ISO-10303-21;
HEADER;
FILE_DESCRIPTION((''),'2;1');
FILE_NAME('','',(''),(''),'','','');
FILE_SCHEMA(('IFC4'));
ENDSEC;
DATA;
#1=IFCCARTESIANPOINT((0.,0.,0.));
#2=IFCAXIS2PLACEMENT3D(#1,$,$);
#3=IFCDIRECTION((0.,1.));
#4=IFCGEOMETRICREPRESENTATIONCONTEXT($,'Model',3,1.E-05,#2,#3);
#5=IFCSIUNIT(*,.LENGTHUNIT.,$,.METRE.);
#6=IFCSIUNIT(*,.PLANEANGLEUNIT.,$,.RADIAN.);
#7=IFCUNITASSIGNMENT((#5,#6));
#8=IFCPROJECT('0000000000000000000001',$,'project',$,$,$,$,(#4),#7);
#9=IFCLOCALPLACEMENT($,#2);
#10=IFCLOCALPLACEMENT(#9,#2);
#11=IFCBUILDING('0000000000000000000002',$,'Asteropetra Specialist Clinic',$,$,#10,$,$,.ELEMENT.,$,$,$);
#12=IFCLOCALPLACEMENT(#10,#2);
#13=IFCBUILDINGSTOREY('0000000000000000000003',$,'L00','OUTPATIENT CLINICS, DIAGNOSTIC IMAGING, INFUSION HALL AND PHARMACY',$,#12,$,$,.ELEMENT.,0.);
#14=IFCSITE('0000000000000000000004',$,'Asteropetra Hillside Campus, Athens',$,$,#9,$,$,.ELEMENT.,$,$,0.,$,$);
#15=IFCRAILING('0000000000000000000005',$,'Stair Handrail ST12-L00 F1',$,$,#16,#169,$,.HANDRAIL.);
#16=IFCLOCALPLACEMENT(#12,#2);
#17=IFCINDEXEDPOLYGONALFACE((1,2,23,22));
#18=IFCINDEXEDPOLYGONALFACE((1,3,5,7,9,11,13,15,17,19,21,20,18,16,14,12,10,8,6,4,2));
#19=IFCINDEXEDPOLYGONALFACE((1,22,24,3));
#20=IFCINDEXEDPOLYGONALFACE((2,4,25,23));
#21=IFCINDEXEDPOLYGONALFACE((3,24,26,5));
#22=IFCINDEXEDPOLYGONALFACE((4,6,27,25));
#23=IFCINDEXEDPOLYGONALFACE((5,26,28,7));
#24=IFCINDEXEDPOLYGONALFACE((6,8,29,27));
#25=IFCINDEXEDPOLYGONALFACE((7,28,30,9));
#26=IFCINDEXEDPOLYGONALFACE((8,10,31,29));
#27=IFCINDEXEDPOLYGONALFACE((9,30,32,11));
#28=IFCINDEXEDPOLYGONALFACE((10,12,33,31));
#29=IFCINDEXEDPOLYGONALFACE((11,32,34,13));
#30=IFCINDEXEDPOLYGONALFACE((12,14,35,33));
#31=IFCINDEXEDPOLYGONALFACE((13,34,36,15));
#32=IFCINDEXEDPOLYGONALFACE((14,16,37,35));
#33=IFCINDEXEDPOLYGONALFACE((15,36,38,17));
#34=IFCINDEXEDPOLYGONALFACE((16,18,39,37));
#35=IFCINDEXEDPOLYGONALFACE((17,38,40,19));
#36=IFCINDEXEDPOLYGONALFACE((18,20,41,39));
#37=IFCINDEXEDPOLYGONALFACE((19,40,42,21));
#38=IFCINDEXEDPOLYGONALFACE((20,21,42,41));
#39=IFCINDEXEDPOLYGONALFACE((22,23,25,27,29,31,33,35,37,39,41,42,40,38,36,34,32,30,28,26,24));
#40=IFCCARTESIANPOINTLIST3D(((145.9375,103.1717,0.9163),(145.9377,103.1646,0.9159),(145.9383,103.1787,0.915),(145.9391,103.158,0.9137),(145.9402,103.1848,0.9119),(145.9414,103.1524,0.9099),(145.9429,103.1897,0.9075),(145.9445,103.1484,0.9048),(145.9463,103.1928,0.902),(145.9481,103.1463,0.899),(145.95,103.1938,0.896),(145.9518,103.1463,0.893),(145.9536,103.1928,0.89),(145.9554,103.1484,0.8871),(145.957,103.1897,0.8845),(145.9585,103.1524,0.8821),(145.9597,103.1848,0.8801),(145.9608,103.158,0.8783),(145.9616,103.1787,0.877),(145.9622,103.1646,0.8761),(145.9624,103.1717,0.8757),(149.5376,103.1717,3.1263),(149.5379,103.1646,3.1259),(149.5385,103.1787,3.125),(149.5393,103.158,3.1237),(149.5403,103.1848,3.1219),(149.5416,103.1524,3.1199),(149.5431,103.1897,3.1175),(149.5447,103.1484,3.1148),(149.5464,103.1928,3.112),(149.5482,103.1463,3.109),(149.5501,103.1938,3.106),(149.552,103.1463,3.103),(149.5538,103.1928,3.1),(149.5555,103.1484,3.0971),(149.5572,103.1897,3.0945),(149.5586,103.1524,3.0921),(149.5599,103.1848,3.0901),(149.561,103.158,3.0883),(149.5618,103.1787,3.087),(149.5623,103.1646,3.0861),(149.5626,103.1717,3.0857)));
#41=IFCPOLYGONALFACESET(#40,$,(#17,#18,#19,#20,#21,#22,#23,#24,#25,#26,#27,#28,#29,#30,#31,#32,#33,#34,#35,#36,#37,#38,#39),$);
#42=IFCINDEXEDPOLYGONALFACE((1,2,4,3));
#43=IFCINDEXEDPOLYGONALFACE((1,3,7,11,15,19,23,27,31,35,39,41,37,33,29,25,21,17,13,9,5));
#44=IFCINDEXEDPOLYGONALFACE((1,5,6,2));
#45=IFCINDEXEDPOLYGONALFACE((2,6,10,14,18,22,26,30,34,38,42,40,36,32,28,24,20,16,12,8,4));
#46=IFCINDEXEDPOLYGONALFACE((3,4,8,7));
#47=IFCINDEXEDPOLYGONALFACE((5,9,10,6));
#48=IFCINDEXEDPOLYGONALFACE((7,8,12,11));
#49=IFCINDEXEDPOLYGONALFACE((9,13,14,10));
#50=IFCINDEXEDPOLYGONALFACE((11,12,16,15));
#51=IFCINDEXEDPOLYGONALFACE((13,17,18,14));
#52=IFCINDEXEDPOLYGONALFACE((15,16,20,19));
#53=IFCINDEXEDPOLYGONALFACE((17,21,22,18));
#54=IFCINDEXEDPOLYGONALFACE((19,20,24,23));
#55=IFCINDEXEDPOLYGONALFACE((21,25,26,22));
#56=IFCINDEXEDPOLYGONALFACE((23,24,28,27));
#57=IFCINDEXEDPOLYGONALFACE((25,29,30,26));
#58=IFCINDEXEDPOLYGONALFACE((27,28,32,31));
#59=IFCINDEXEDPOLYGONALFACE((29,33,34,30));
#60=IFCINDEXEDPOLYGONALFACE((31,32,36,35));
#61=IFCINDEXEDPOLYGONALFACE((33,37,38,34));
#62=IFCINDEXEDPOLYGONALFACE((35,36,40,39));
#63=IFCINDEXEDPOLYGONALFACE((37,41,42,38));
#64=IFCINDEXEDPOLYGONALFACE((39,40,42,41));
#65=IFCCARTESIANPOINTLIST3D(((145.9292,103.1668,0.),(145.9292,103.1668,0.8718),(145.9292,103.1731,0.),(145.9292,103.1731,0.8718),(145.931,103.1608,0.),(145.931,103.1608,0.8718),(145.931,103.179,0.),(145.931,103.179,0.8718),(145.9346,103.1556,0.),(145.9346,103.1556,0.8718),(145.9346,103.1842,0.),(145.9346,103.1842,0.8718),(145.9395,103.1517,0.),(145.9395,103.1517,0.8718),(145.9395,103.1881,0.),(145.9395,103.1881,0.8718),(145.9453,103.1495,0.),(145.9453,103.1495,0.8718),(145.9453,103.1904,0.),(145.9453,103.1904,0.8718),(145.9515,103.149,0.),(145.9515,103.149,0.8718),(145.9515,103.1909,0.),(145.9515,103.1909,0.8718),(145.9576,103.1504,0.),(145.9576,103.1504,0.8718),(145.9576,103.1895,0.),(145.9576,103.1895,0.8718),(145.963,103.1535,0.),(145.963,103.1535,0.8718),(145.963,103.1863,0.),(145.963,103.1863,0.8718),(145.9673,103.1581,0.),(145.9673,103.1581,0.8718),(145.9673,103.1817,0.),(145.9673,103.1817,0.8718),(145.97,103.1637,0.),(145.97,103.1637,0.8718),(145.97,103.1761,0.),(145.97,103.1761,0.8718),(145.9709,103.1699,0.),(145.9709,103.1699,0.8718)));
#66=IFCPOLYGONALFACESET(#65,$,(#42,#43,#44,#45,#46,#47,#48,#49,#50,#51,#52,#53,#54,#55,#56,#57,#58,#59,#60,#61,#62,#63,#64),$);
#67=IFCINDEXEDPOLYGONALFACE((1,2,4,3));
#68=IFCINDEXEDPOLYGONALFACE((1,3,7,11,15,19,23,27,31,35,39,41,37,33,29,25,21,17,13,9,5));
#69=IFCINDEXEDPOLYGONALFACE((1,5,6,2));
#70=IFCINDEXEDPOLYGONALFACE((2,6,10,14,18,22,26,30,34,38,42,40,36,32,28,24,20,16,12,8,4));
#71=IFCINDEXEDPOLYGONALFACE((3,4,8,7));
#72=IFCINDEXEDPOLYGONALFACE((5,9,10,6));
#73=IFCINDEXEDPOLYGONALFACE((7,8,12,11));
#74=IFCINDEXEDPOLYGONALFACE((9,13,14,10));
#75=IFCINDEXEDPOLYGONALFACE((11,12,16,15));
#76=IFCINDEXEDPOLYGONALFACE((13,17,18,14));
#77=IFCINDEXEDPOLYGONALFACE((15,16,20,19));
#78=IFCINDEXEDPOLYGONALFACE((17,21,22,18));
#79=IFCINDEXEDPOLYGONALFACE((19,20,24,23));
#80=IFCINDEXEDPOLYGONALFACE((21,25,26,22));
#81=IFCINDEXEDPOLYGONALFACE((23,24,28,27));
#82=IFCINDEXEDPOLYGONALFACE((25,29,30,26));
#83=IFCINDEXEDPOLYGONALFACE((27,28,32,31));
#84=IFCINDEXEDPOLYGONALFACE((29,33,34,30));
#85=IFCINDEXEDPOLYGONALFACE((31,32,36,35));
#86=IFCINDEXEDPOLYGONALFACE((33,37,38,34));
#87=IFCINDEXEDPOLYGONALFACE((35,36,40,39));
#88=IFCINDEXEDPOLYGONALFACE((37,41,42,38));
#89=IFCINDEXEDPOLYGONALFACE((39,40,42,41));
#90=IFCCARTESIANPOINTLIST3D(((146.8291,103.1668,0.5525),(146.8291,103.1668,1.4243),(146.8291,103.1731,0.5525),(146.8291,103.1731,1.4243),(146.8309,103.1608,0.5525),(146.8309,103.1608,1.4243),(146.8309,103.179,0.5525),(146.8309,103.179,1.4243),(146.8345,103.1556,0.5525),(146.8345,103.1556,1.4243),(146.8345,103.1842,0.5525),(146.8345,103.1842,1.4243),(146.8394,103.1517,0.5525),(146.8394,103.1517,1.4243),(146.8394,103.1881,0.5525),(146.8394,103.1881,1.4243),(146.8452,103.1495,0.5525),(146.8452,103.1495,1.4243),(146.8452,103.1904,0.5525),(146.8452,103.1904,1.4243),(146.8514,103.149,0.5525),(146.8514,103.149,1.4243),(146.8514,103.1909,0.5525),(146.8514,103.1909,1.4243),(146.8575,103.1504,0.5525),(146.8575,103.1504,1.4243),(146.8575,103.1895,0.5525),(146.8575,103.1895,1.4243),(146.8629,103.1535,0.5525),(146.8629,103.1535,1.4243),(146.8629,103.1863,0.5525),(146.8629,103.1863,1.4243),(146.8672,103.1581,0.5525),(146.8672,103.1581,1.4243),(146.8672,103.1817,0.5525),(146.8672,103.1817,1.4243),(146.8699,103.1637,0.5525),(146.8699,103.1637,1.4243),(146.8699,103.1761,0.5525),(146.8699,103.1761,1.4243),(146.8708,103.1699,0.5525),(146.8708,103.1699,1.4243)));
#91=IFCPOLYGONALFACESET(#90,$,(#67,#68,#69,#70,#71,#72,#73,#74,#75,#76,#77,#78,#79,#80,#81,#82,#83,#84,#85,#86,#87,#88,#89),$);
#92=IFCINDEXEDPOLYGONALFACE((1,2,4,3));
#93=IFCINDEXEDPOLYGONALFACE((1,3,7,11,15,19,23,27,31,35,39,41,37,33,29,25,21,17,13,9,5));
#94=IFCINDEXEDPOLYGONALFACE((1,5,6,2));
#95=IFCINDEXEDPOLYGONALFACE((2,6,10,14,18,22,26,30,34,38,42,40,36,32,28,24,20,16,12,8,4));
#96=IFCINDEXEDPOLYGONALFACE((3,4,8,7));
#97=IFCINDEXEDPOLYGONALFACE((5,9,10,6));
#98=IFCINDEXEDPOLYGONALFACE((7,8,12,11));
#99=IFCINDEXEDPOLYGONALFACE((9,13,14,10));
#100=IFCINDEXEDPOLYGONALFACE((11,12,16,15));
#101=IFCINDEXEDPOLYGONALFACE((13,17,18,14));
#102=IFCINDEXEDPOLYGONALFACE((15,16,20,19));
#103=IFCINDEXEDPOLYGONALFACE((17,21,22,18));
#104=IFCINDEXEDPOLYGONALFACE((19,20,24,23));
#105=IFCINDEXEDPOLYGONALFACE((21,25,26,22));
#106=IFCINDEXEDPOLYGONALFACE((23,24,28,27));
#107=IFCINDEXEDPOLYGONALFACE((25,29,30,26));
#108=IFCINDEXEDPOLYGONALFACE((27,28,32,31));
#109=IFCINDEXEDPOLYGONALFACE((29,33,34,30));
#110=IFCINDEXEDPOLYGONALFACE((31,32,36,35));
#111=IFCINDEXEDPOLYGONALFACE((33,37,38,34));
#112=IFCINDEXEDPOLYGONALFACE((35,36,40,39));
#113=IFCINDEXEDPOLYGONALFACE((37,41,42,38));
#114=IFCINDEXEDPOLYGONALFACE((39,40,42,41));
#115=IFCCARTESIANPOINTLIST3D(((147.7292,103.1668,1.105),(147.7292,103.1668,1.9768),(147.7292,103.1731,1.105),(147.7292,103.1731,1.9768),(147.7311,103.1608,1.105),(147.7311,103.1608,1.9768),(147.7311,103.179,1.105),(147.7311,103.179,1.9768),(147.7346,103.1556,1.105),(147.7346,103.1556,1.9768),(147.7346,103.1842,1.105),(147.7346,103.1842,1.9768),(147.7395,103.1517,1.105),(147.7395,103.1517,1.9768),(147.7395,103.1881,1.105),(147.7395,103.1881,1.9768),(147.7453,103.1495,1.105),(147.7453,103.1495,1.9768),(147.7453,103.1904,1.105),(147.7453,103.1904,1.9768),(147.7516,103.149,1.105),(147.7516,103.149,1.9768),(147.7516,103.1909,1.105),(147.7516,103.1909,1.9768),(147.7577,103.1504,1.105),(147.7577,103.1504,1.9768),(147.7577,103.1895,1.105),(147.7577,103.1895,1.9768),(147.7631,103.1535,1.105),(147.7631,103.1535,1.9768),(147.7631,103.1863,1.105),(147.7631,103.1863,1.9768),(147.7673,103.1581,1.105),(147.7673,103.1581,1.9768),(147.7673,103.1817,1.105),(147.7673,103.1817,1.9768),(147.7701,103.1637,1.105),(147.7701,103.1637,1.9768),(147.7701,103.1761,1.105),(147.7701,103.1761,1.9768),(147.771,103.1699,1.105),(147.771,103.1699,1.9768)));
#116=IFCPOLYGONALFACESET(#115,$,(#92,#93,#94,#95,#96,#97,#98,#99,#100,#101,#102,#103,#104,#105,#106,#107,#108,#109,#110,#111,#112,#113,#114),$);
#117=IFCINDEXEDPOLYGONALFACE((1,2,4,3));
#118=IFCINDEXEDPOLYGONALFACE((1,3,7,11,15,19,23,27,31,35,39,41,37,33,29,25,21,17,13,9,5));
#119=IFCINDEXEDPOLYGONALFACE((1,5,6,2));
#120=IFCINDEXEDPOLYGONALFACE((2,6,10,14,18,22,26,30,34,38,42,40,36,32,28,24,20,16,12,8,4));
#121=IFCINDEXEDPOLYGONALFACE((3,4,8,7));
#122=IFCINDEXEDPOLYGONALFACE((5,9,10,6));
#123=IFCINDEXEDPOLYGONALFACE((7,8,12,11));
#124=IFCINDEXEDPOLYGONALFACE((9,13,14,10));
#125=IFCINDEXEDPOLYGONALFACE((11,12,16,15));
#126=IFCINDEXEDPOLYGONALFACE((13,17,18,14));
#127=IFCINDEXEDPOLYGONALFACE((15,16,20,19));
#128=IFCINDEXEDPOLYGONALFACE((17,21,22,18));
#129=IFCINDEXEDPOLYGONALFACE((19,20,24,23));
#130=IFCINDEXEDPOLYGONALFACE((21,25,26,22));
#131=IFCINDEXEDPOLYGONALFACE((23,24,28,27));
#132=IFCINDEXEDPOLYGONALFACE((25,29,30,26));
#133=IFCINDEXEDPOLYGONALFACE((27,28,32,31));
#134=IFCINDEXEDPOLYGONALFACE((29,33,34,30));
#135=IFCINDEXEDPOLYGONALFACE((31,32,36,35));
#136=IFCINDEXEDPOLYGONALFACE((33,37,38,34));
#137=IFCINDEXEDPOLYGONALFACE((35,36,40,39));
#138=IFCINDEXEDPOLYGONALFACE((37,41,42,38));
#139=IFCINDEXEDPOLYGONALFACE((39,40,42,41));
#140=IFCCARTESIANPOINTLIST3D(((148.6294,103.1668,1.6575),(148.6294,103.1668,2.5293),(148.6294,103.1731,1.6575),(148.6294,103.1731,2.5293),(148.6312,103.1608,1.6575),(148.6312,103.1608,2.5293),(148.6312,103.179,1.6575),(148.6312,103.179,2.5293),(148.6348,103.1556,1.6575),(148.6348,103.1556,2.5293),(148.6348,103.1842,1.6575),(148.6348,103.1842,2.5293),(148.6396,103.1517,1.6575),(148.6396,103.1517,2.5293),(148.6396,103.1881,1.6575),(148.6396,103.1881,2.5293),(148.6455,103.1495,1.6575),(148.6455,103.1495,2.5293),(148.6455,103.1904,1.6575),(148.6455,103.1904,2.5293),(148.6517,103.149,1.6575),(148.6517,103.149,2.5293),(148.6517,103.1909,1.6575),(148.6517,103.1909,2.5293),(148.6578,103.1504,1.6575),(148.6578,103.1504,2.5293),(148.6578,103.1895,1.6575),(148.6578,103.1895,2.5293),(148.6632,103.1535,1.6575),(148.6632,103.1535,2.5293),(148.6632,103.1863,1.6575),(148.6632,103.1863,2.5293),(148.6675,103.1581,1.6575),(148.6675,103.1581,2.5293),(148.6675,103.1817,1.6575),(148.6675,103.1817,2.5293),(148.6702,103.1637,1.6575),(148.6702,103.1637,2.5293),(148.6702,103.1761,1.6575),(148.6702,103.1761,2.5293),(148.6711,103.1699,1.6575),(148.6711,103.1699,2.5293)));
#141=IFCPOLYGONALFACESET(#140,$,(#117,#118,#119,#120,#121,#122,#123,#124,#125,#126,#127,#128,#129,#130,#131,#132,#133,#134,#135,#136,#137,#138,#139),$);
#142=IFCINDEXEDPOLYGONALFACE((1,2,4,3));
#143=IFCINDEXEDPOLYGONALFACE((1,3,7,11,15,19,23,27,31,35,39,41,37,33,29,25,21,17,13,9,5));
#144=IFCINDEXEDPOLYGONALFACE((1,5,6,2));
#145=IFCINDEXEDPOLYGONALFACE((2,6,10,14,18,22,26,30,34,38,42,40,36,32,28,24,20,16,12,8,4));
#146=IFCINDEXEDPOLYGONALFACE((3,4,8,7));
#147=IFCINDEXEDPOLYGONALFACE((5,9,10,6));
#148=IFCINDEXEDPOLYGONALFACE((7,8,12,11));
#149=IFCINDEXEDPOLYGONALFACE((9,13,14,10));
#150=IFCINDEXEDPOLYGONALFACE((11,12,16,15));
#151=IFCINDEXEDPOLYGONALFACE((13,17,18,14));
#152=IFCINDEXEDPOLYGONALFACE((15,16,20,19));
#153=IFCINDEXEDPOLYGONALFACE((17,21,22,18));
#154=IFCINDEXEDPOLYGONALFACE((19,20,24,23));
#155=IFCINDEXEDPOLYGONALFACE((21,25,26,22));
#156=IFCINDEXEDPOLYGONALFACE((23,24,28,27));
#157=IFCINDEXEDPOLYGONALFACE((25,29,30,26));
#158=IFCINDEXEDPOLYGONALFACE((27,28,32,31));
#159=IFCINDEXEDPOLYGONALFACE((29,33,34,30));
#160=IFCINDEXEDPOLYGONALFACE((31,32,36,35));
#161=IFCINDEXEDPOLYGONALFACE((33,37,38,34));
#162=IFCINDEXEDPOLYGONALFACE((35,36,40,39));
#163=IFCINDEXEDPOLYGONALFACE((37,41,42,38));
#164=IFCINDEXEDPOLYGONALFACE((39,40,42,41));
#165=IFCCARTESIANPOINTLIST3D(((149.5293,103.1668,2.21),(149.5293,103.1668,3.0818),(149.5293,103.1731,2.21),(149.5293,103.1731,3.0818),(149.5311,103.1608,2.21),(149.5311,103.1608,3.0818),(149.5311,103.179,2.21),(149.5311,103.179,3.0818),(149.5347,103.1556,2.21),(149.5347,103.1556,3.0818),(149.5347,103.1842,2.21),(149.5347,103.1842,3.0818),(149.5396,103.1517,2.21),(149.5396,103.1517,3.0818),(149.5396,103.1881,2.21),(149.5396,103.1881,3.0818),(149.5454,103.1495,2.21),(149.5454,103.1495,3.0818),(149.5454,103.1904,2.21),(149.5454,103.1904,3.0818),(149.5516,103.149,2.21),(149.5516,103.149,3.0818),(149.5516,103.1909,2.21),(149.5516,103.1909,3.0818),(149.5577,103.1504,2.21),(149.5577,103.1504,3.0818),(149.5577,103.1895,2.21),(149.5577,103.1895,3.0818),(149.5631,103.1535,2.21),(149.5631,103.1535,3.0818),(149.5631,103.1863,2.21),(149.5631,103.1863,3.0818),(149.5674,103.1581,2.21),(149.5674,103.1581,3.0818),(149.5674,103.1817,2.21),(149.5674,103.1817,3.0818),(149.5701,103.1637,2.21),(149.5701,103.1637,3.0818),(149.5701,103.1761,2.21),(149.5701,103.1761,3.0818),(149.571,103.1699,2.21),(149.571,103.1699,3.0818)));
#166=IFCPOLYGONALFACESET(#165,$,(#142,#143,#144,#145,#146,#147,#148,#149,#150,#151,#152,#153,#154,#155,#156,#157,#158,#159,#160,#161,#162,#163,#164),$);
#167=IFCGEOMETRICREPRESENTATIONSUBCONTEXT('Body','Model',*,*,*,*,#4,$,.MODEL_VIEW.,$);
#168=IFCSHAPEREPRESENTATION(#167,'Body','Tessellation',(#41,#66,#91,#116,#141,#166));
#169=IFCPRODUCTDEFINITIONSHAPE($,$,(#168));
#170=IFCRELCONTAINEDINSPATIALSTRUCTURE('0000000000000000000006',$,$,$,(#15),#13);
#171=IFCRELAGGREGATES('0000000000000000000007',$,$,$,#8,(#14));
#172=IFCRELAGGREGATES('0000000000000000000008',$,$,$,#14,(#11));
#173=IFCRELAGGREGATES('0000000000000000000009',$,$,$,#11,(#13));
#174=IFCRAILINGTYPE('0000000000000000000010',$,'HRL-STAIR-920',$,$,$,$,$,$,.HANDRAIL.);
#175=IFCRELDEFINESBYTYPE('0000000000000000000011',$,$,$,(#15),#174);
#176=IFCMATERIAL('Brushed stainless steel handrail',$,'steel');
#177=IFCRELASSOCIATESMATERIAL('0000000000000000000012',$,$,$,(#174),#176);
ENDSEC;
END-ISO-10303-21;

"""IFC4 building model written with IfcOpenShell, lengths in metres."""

from ifc_helpers import new_model, si_unit, direction, frame, origin, origin_2d, place, context, subcontext, project, spatial, circle, extrude, material, type_object, element, save


model = new_model("IFC4")

# Units and contexts
model_context = context("Model", 3, precision=1e-05, world=origin(), true_north=direction((0.0, 1.0)))
body_context = subcontext(model_context, "Body", "Model", "MODEL_VIEW")
ifc_project = project(units=[si_unit("LENGTHUNIT", "METRE"), si_unit("PLANEANGLEUNIT", "RADIAN")], contexts=[model_context])

# Site, building, storey
site_placement = place(None, origin())
site = spatial("IfcSite", under=ifc_project, at=site_placement, Name="Asteropetra Hillside Campus, Athens", CompositionType="ELEMENT", RefElevation=0.0)
building_placement = place(site_placement, origin())
building = spatial("IfcBuilding", under=site, at=building_placement, Name="Asteropetra Specialist Clinic", CompositionType="ELEMENT")
storey_placement = place(building_placement, origin())
storey = spatial("IfcBuildingStorey", under=building, at=storey_placement, Name="L00", Description="OUTPATIENT CLINICS, DIAGNOSTIC IMAGING, INFUSION HALL AND PHARMACY", CompositionType="ELEMENT", Elevation=0.0)

# Railing
ifc_material_1 = material(Name="Brushed stainless steel handrail", Category="steel")
railing_type = type_object("IfcRailingType", Name="HRL-STAIR-920", PredefinedType="HANDRAIL", material=ifc_material_1)
railing_1_placement = place(storey_placement, frame((145.95, 103.1699, 0.0)))
element("IfcRailing", 1, at=railing_1_placement, inside=storey, type_object=railing_type, Name="Stair Handrail ST12-L00 F1", PredefinedType="HANDRAIL", context=body_context, shape_type="SweptSolid", body=[
    extrude(circle(Radius=0.0239, at=origin_2d()), frame((0.0, 0.0, 0.896), z_axis=(0.852237, 0.0, 0.523156), x_axis=(0.0, 1.0, 0.0)), (0.0, 0.0, 1.0), 4.2244),
    extrude(circle(Radius=0.021, at=origin_2d()), origin(), (0.0, 0.0, 1.0), 0.8718),
    extrude(circle(Radius=0.021, at=origin_2d()), frame((0.8999, 0.0, 0.5525)), (0.0, 0.0, 1.0), 0.8718),
    extrude(circle(Radius=0.021, at=origin_2d()), frame((1.8, 0.0, 1.105)), (0.0, 0.0, 1.0), 0.8718),
    extrude(circle(Radius=0.021, at=origin_2d()), frame((2.7002, 0.0, 1.6575)), (0.0, 0.0, 1.0), 0.8718),
    extrude(circle(Radius=0.021, at=origin_2d()), frame((3.6001, 0.0, 2.21)), (0.0, 0.0, 1.0), 0.8718),
])

save(model, "model.ifc")
